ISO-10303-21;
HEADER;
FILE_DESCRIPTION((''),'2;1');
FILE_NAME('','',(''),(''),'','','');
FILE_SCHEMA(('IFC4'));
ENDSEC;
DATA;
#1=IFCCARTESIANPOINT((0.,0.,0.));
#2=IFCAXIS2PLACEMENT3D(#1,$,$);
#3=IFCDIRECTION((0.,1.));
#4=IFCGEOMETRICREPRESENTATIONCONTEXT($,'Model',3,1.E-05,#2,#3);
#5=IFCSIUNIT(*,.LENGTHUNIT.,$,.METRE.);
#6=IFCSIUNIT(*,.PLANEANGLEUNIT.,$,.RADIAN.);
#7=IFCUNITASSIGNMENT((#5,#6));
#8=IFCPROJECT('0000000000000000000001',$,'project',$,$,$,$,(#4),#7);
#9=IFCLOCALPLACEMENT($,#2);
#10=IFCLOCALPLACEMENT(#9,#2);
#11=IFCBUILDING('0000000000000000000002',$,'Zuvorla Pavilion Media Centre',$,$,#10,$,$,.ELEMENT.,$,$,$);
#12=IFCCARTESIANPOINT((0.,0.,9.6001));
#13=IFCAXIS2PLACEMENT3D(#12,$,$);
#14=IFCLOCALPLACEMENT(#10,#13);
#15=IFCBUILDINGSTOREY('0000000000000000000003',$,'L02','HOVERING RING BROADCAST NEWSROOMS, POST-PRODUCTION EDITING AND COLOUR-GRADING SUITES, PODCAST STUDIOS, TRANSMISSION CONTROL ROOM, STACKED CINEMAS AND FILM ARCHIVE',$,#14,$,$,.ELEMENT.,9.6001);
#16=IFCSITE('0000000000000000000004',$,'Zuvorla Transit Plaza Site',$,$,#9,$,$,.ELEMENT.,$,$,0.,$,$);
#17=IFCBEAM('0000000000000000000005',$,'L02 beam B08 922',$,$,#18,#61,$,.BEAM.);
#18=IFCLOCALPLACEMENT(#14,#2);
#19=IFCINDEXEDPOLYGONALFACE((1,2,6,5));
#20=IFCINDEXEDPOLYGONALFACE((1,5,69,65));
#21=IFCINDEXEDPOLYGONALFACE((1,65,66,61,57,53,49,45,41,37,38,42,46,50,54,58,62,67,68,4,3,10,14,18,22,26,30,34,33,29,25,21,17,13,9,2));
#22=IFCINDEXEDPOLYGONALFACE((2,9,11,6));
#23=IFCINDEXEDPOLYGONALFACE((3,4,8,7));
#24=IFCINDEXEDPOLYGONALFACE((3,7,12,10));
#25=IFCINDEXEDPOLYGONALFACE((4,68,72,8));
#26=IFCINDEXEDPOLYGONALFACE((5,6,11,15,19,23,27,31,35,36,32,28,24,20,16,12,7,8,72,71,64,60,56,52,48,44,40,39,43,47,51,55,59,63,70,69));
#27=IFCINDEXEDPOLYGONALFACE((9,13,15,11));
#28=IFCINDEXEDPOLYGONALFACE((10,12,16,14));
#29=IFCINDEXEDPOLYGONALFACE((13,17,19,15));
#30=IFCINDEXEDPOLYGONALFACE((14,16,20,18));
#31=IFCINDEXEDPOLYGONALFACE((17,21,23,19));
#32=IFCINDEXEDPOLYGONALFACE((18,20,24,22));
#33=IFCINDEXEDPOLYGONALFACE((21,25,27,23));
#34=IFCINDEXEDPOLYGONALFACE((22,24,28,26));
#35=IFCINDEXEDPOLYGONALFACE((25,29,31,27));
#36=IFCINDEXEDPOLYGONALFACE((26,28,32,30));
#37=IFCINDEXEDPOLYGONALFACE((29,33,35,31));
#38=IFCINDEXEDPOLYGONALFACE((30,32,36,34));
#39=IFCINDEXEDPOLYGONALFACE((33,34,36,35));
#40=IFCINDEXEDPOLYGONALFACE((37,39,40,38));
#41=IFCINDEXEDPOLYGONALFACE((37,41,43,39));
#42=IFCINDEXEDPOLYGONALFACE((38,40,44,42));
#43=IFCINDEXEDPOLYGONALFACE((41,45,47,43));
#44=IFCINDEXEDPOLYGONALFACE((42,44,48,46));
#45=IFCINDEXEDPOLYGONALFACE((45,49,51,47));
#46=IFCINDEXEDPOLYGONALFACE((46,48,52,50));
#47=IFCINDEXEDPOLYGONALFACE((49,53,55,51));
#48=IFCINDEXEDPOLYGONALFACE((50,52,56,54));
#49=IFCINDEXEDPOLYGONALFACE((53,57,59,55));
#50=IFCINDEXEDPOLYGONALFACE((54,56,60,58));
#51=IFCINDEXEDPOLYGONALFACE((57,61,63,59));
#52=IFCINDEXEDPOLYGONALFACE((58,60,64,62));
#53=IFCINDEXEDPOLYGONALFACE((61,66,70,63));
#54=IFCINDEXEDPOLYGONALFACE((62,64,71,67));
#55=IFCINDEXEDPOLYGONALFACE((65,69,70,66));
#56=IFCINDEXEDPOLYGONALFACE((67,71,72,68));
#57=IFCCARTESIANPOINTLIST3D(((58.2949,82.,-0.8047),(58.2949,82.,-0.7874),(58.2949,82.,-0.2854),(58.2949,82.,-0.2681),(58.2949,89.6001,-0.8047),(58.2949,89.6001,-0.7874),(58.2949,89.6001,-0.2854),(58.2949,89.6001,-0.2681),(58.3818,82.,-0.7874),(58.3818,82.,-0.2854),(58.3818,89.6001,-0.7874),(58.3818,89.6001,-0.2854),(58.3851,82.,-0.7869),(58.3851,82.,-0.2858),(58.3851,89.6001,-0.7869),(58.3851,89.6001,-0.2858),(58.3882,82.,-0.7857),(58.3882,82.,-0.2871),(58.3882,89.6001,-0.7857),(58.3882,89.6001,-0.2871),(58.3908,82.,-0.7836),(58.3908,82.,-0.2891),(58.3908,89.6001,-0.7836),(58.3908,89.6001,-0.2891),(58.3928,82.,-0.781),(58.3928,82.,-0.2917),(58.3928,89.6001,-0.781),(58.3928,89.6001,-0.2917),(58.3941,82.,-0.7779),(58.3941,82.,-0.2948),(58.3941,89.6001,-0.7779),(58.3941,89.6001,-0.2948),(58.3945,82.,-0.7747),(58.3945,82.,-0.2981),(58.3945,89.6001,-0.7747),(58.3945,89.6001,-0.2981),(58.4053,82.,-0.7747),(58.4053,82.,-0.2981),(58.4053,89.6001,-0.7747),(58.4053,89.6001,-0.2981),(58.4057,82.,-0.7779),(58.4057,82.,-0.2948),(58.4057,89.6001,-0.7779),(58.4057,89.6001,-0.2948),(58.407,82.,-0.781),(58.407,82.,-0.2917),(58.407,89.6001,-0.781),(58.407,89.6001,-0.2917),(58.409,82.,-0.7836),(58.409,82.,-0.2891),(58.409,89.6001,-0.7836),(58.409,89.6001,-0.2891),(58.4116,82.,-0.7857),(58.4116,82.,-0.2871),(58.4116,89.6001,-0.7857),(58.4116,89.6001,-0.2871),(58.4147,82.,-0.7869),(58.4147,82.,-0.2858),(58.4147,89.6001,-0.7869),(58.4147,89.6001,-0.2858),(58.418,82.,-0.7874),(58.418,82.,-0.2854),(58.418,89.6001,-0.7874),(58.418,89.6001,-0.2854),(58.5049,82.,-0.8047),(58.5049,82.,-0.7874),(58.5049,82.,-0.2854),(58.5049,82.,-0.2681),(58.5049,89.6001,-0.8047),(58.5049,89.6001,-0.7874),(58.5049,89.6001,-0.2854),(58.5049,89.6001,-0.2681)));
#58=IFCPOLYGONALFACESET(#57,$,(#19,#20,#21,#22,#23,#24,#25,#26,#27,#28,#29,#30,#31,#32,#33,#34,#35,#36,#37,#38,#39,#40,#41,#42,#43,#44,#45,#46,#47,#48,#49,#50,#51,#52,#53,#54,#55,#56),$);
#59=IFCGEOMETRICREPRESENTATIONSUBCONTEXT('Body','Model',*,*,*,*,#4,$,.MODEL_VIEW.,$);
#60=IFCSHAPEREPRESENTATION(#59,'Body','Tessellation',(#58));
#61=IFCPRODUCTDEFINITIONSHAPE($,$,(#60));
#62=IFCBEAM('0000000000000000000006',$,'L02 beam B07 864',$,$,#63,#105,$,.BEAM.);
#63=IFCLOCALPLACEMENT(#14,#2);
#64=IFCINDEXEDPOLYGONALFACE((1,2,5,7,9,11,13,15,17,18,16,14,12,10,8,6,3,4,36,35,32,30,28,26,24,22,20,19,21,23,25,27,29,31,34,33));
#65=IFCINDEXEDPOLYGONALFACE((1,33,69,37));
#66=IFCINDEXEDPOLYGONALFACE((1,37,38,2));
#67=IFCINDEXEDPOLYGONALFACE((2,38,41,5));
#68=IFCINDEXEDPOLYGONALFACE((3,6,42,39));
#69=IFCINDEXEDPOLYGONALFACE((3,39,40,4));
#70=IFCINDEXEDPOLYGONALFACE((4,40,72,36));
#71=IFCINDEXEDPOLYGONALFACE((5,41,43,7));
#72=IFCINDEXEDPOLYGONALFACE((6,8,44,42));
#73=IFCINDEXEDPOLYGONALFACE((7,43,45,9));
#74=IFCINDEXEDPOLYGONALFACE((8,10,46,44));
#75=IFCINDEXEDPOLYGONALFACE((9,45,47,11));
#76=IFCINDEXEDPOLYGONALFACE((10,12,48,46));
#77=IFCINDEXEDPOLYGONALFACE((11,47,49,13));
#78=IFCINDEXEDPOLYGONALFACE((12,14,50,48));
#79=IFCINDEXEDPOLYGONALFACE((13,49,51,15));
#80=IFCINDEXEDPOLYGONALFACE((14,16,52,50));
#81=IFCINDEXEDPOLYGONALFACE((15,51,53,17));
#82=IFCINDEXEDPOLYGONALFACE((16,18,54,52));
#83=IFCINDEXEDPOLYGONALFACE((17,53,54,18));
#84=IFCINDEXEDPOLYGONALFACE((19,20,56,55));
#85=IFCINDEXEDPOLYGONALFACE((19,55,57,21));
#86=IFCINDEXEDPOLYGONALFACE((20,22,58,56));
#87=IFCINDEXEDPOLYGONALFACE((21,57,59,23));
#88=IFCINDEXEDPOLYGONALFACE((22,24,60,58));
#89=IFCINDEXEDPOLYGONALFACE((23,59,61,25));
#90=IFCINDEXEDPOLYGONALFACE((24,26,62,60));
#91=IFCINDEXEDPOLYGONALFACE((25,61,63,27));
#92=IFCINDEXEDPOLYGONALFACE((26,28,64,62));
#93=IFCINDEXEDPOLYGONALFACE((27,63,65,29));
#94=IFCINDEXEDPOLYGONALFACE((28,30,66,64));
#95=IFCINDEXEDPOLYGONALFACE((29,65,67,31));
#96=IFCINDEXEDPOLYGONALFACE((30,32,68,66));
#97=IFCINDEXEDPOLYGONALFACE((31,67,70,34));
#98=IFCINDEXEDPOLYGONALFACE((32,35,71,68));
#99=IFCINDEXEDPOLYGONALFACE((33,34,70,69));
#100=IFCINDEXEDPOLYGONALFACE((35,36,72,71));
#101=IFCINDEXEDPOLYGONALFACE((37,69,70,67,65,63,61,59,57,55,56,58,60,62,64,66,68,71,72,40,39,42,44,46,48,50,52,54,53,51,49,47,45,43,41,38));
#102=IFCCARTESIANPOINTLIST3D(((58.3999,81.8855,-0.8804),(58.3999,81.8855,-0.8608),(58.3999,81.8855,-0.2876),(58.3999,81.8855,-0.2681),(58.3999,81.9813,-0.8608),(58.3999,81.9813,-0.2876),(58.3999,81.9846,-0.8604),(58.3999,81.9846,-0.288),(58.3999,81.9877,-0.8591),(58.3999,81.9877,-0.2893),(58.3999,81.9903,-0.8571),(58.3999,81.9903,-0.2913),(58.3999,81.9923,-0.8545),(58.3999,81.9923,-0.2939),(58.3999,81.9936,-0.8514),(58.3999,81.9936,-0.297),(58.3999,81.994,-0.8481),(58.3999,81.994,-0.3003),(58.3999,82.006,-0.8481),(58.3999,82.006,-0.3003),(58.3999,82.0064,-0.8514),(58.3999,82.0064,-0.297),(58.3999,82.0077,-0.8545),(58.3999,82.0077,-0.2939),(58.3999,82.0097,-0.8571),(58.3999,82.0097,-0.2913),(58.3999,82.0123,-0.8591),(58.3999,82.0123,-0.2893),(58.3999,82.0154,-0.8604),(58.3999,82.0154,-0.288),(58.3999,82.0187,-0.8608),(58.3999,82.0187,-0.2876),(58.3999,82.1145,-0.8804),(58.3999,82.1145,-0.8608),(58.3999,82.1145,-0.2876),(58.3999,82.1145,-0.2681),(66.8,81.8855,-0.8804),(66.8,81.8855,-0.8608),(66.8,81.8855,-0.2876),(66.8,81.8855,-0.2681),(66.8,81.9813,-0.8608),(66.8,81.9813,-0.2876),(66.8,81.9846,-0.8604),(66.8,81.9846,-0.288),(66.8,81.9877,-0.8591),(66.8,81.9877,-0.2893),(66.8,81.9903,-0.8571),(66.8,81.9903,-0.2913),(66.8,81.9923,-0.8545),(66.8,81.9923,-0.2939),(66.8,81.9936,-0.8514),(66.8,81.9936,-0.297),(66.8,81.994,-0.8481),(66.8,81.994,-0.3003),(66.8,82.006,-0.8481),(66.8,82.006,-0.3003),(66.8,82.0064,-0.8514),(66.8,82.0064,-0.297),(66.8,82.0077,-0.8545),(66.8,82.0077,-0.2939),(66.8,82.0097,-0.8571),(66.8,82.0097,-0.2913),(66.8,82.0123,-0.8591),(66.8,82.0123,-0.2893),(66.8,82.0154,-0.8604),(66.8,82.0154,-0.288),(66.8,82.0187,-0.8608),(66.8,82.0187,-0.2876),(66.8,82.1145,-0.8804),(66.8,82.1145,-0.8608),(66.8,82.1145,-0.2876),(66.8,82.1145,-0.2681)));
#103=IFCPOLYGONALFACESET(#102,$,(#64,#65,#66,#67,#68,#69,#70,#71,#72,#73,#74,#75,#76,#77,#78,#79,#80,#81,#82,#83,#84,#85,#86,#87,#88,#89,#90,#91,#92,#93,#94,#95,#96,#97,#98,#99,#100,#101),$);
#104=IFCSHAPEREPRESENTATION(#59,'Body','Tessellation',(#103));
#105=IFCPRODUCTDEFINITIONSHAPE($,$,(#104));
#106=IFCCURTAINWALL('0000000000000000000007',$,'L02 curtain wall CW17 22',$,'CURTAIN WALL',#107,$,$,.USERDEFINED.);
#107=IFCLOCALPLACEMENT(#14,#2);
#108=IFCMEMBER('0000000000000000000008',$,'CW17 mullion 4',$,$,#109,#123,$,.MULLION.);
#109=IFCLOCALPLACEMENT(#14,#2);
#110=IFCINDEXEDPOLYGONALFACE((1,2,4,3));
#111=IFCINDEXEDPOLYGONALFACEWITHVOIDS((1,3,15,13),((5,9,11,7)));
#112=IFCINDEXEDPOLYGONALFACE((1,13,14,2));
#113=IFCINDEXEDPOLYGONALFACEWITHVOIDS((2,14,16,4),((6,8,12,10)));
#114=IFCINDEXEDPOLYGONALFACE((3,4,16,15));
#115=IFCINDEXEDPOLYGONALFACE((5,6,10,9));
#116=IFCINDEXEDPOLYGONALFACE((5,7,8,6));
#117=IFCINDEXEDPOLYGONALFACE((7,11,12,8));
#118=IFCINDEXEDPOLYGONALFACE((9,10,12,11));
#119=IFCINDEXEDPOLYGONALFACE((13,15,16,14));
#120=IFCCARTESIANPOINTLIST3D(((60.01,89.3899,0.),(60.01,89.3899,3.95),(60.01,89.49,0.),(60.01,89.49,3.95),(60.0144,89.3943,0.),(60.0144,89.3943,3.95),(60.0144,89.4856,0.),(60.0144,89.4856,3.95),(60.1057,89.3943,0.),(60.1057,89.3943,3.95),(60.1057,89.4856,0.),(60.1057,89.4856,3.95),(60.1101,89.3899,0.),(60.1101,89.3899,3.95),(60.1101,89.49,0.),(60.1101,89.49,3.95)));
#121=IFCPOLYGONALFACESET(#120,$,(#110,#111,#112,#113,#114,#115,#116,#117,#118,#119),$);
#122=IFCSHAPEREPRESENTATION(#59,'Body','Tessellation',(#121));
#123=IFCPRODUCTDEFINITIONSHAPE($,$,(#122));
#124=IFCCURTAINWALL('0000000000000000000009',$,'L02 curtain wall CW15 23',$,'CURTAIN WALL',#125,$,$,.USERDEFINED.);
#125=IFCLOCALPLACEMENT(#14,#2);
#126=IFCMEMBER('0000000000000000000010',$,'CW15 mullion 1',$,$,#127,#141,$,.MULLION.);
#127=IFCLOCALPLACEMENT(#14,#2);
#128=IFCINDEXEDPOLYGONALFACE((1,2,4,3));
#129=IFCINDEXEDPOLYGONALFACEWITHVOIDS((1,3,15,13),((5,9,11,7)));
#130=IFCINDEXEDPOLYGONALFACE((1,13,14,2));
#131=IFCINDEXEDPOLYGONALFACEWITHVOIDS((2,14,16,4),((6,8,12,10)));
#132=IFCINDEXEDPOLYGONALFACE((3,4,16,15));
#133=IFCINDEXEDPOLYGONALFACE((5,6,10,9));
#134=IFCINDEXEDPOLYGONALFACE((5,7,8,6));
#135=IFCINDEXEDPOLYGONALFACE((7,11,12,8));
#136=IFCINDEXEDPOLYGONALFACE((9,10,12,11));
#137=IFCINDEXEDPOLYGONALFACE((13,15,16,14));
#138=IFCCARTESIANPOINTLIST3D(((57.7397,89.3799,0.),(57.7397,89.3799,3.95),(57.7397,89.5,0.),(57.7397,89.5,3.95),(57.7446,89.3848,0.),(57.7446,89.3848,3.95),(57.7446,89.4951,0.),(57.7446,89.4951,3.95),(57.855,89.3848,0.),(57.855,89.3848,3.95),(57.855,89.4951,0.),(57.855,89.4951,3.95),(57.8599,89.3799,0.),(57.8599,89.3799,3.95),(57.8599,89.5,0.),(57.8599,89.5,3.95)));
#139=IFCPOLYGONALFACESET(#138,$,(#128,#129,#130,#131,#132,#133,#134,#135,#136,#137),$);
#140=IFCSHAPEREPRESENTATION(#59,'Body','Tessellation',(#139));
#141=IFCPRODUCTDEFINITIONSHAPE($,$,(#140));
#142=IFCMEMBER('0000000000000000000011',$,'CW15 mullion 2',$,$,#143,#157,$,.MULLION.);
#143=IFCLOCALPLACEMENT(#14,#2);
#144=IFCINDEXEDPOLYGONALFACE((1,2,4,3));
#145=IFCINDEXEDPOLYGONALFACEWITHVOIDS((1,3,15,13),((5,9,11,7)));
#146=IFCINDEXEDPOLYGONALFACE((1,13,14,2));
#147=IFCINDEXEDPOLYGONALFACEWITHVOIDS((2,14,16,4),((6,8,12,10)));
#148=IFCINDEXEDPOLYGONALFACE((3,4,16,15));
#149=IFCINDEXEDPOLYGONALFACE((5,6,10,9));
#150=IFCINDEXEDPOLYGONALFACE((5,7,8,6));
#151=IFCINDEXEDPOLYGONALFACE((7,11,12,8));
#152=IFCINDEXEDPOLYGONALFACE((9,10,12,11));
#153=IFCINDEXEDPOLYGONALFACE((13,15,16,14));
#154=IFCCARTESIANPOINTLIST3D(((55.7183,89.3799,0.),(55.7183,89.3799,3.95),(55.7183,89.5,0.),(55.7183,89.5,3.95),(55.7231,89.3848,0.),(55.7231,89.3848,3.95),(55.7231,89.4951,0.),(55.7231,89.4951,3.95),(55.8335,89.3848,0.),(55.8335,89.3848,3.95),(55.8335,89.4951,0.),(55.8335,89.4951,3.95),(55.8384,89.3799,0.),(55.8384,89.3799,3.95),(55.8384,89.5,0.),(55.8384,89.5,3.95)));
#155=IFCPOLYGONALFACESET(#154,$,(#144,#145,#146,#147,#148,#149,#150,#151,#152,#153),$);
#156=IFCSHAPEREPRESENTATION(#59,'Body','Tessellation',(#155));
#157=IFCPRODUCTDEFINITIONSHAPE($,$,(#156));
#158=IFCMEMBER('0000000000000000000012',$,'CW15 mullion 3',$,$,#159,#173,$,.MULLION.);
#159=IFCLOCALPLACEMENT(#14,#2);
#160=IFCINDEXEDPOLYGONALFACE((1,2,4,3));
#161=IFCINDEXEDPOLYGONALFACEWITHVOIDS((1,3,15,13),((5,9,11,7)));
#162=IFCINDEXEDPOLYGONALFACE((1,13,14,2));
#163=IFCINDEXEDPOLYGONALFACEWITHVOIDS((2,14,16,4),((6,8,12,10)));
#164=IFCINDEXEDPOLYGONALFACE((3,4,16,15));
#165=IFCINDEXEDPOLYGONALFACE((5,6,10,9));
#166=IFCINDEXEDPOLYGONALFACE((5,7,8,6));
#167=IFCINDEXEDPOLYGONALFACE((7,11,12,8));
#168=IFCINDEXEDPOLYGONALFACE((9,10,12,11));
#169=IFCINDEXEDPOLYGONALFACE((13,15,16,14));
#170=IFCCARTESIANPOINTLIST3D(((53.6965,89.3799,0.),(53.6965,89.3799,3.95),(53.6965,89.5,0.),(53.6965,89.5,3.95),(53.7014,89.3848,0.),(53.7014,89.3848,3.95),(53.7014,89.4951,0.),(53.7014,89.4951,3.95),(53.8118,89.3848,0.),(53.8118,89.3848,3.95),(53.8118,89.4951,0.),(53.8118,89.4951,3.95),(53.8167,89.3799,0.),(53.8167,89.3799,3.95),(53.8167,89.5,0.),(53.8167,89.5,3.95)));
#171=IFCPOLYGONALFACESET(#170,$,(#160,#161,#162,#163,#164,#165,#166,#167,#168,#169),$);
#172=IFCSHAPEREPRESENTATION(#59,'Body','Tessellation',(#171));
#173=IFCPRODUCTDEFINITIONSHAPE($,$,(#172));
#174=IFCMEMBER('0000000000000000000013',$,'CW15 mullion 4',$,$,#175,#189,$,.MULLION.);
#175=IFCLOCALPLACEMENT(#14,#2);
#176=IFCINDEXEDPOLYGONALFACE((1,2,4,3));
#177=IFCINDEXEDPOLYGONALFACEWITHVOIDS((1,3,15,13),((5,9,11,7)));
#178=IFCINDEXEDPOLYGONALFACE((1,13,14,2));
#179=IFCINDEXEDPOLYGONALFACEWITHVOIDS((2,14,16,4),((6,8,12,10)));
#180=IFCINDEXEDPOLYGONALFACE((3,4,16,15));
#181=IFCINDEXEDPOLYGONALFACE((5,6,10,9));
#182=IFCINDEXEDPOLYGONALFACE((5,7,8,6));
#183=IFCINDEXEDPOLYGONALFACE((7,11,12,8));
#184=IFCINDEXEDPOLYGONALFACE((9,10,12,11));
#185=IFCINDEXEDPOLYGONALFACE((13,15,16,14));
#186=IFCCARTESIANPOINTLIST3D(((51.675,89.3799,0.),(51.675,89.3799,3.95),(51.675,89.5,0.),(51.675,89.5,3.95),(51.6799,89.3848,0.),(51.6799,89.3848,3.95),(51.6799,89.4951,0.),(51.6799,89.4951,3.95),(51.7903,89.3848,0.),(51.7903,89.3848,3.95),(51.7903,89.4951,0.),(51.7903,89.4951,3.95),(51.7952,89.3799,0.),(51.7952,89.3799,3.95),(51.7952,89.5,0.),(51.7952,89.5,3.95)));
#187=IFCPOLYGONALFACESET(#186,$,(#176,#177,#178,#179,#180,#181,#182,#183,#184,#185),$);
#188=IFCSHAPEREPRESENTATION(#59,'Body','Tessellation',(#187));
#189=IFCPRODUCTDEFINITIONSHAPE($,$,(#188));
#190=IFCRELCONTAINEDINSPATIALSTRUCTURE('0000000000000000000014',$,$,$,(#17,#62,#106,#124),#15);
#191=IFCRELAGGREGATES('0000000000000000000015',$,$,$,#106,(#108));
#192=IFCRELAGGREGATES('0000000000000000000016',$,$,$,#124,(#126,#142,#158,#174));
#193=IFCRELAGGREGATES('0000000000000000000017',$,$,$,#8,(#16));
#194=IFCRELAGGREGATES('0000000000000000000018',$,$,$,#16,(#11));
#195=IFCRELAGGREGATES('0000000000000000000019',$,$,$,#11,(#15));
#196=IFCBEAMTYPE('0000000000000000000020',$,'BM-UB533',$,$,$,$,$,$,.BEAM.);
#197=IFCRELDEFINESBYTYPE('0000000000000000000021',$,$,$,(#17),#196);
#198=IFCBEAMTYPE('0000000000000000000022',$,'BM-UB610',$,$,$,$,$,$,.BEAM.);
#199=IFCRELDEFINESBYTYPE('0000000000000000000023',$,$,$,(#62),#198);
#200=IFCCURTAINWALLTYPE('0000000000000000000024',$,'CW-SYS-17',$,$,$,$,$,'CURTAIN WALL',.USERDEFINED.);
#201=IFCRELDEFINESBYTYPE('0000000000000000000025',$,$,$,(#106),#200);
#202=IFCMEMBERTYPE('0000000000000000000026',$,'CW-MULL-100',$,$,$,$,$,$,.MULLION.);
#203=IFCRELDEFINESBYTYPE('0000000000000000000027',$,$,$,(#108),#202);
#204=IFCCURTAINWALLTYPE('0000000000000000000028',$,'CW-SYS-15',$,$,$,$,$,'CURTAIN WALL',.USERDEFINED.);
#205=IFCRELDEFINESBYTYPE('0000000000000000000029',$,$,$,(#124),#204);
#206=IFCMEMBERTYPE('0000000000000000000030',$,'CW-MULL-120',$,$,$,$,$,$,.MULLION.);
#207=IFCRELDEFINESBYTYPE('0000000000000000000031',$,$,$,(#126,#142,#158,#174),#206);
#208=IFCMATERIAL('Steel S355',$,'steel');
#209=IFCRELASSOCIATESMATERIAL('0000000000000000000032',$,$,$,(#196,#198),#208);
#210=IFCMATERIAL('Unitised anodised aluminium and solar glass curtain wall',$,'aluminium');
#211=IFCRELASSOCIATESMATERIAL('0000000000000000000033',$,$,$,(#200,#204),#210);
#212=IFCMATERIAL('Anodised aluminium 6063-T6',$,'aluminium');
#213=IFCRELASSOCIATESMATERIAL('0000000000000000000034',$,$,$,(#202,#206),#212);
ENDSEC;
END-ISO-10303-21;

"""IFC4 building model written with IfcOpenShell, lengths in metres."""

from ifc_helpers import new_model, si_unit, direction, frame, origin, origin_2d, place, context, subcontext, project, spatial, hollow_rectangle, i_section, extrude, material, material_profile, profile_set, type_object, element, aggregate, save


model = new_model("IFC4")

# Units and contexts
model_context = context("Model", 3, precision=1e-05, world=origin(), true_north=direction((0.0, 1.0)))
body_context = subcontext(model_context, "Body", "Model", "MODEL_VIEW")
ifc_project = project(units=[si_unit("LENGTHUNIT", "METRE"), si_unit("PLANEANGLEUNIT", "RADIAN")], contexts=[model_context])

# Site, building, storey
site_placement = place(None, origin())
site = spatial("IfcSite", under=ifc_project, at=site_placement, Name="Zuvorla Transit Plaza Site", CompositionType="ELEMENT", RefElevation=0.0)
building_placement = place(site_placement, origin())
building = spatial("IfcBuilding", under=site, at=building_placement, Name="Zuvorla Pavilion Media Centre", CompositionType="ELEMENT")
storey_placement = place(building_placement, frame((0.0, 0.0, 9.6001)))
storey = spatial("IfcBuildingStorey", under=building, at=storey_placement, Name="L02", Description="HOVERING RING BROADCAST NEWSROOMS, POST-PRODUCTION EDITING AND COLOUR-GRADING SUITES, PODCAST STUDIOS, TRANSMISSION CONTROL ROOM, STACKED CINEMAS AND FILM ARCHIVE", CompositionType="ELEMENT", Elevation=9.6001)

# Shared definitions
ifc_material_1 = material(Name="Steel S355", Category="steel")

# Beams
ifc_material_profile_1 = material_profile(ifc_material_1, i_section(OverallWidth=0.21, OverallDepth=0.5366, WebThickness=0.0107, FlangeThickness=0.0173, FilletRadius=0.0127, at=origin_2d()), Name="UB 533x210x101")
ifc_profile_set_1 = profile_set([ifc_material_profile_1], Name="Steel S355")
beam_type_1 = type_object("IfcBeamType", Name="BM-UB533", PredefinedType="BEAM", material=ifc_profile_set_1)
beam_1_placement = place(storey_placement, frame((58.3999, 82.0, -0.5364), z_axis=(0.0, 1.0, 0.0), x_axis=(-1.0, 0.0, 0.0)))
element("IfcBeam", 1, at=beam_1_placement, inside=storey, type_object=beam_type_1, Name="L02 beam B08 922", PredefinedType="BEAM", context=body_context, shape_type="SweptSolid", body=[
    extrude(i_section(OverallWidth=0.21, OverallDepth=0.5366, WebThickness=0.0107, FlangeThickness=0.0173, FilletRadius=0.0127, at=origin_2d()), origin(), (0.0, 0.0, 1.0), 7.6001),
])
ifc_material_profile_2 = material_profile(ifc_material_1, i_section(OverallWidth=0.229, OverallDepth=0.6123, WebThickness=0.012, FlangeThickness=0.0195, FilletRadius=0.0127, at=origin_2d()), Name="UB 610x229x125")
ifc_profile_set_2 = profile_set([ifc_material_profile_2], Name="Steel S355")
beam_type_2 = type_object("IfcBeamType", Name="BM-UB610", PredefinedType="BEAM", material=ifc_profile_set_2)
beam_2_placement = place(storey_placement, frame((58.3999, 82.0, -0.5742), z_axis=(1.0, 0.0, 0.0), x_axis=(0.0, 1.0, 0.0)))
element("IfcBeam", 2, at=beam_2_placement, inside=storey, type_object=beam_type_2, Name="L02 beam B07 864", PredefinedType="BEAM", context=body_context, shape_type="SweptSolid", body=[
    extrude(i_section(OverallWidth=0.229, OverallDepth=0.6123, WebThickness=0.012, FlangeThickness=0.0195, FilletRadius=0.0127, at=origin_2d()), origin(), (0.0, 0.0, 1.0), 8.4001),
])

# Curtain wall, member
ifc_material_2 = material(Name="Unitised anodised aluminium and solar glass curtain wall", Category="aluminium")
curtain_wall_type_1 = type_object("IfcCurtainWallType", Name="CW-SYS-17", ElementType="CURTAIN WALL", PredefinedType="USERDEFINED", material=ifc_material_2)
curtain_wall_1_placement = place(storey_placement, origin())
curtain_wall_1 = element("IfcCurtainWall", 3, at=curtain_wall_1_placement, inside=storey, type_object=curtain_wall_type_1, Name="L02 curtain wall CW17 22", ObjectType="CURTAIN WALL", PredefinedType="USERDEFINED")
ifc_material_3 = material(Name="Anodised aluminium 6063-T6", Category="aluminium")
ifc_material_profile_3 = material_profile(ifc_material_3, hollow_rectangle(XDim=0.1001, YDim=0.1001, WallThickness=0.0044, at=origin_2d()), Name="ALU MULL 100x100")
ifc_profile_set_3 = profile_set([ifc_material_profile_3], Name="Anodised aluminium 6063-T6")
member_type_1 = type_object("IfcMemberType", Name="CW-MULL-100", PredefinedType="MULLION", material=ifc_profile_set_3)
member_1_placement = place(storey_placement, frame((60.0601, 89.4399, 0.0), z_axis=(0.0, 0.0, 1.0), x_axis=(1.0, 0.0, 0.0)))
member_1 = element("IfcMember", 4, at=member_1_placement, type_object=member_type_1, Name="CW17 mullion 4", PredefinedType="MULLION", context=body_context, shape_type="SweptSolid", body=[
    extrude(hollow_rectangle(XDim=0.1001, YDim=0.1001, WallThickness=0.0044, at=origin_2d()), origin(), (0.0, 0.0, 1.0), 3.95),
])
aggregate(curtain_wall_1, [member_1])

# Curtain wall, members
curtain_wall_type_2 = type_object("IfcCurtainWallType", Name="CW-SYS-15", ElementType="CURTAIN WALL", PredefinedType="USERDEFINED", material=ifc_material_2)
curtain_wall_2_placement = place(storey_placement, origin())
curtain_wall_2 = element("IfcCurtainWall", 5, at=curtain_wall_2_placement, inside=storey, type_object=curtain_wall_type_2, Name="L02 curtain wall CW15 23", ObjectType="CURTAIN WALL", PredefinedType="USERDEFINED")
ifc_material_profile_4 = material_profile(ifc_material_3, hollow_rectangle(XDim=0.1201, YDim=0.1201, WallThickness=0.0049, at=origin_2d()), Name="ALU MULL 120x120")
ifc_profile_set_4 = profile_set([ifc_material_profile_4], Name="Anodised aluminium 6063-T6")
member_type_2 = type_object("IfcMemberType", Name="CW-MULL-120", PredefinedType="MULLION", material=ifc_profile_set_4)
member_2_placement = place(storey_placement, frame((57.7998, 89.4399, 0.0), z_axis=(0.0, 0.0, 1.0), x_axis=(1.0, 0.0, 0.0)))
member_2 = element("IfcMember", 6, at=member_2_placement, type_object=member_type_2, Name="CW15 mullion 1", PredefinedType="MULLION", context=body_context, shape_type="SweptSolid", body=[
    extrude(hollow_rectangle(XDim=0.1201, YDim=0.1201, WallThickness=0.0049, at=origin_2d()), origin(), (0.0, 0.0, 1.0), 3.95),
])
member_3_placement = place(storey_placement, frame((55.7783, 89.4399, 0.0), z_axis=(0.0, 0.0, 1.0), x_axis=(1.0, 0.0, 0.0)))
member_3 = element("IfcMember", 7, at=member_3_placement, type_object=member_type_2, Name="CW15 mullion 2", PredefinedType="MULLION", context=body_context, shape_type="SweptSolid", body=[
    extrude(hollow_rectangle(XDim=0.1201, YDim=0.1201, WallThickness=0.0049, at=origin_2d()), origin(), (0.0, 0.0, 1.0), 3.95),
])
member_4_placement = place(storey_placement, frame((53.7566, 89.4399, 0.0), z_axis=(0.0, 0.0, 1.0), x_axis=(1.0, 0.0, 0.0)))
member_4 = element("IfcMember", 8, at=member_4_placement, type_object=member_type_2, Name="CW15 mullion 3", PredefinedType="MULLION", context=body_context, shape_type="SweptSolid", body=[
    extrude(hollow_rectangle(XDim=0.1201, YDim=0.1201, WallThickness=0.0049, at=origin_2d()), origin(), (0.0, 0.0, 1.0), 3.95),
])
member_5_placement = place(storey_placement, frame((51.7351, 89.4399, 0.0), z_axis=(0.0, 0.0, 1.0), x_axis=(1.0, 0.0, 0.0)))
member_5 = element("IfcMember", 9, at=member_5_placement, type_object=member_type_2, Name="CW15 mullion 4", PredefinedType="MULLION", context=body_context, shape_type="SweptSolid", body=[
    extrude(hollow_rectangle(XDim=0.1201, YDim=0.1201, WallThickness=0.0049, at=origin_2d()), origin(), (0.0, 0.0, 1.0), 3.95),
])
aggregate(curtain_wall_2, [member_2, member_3, member_4, member_5])

save(model, "model.ifc")
